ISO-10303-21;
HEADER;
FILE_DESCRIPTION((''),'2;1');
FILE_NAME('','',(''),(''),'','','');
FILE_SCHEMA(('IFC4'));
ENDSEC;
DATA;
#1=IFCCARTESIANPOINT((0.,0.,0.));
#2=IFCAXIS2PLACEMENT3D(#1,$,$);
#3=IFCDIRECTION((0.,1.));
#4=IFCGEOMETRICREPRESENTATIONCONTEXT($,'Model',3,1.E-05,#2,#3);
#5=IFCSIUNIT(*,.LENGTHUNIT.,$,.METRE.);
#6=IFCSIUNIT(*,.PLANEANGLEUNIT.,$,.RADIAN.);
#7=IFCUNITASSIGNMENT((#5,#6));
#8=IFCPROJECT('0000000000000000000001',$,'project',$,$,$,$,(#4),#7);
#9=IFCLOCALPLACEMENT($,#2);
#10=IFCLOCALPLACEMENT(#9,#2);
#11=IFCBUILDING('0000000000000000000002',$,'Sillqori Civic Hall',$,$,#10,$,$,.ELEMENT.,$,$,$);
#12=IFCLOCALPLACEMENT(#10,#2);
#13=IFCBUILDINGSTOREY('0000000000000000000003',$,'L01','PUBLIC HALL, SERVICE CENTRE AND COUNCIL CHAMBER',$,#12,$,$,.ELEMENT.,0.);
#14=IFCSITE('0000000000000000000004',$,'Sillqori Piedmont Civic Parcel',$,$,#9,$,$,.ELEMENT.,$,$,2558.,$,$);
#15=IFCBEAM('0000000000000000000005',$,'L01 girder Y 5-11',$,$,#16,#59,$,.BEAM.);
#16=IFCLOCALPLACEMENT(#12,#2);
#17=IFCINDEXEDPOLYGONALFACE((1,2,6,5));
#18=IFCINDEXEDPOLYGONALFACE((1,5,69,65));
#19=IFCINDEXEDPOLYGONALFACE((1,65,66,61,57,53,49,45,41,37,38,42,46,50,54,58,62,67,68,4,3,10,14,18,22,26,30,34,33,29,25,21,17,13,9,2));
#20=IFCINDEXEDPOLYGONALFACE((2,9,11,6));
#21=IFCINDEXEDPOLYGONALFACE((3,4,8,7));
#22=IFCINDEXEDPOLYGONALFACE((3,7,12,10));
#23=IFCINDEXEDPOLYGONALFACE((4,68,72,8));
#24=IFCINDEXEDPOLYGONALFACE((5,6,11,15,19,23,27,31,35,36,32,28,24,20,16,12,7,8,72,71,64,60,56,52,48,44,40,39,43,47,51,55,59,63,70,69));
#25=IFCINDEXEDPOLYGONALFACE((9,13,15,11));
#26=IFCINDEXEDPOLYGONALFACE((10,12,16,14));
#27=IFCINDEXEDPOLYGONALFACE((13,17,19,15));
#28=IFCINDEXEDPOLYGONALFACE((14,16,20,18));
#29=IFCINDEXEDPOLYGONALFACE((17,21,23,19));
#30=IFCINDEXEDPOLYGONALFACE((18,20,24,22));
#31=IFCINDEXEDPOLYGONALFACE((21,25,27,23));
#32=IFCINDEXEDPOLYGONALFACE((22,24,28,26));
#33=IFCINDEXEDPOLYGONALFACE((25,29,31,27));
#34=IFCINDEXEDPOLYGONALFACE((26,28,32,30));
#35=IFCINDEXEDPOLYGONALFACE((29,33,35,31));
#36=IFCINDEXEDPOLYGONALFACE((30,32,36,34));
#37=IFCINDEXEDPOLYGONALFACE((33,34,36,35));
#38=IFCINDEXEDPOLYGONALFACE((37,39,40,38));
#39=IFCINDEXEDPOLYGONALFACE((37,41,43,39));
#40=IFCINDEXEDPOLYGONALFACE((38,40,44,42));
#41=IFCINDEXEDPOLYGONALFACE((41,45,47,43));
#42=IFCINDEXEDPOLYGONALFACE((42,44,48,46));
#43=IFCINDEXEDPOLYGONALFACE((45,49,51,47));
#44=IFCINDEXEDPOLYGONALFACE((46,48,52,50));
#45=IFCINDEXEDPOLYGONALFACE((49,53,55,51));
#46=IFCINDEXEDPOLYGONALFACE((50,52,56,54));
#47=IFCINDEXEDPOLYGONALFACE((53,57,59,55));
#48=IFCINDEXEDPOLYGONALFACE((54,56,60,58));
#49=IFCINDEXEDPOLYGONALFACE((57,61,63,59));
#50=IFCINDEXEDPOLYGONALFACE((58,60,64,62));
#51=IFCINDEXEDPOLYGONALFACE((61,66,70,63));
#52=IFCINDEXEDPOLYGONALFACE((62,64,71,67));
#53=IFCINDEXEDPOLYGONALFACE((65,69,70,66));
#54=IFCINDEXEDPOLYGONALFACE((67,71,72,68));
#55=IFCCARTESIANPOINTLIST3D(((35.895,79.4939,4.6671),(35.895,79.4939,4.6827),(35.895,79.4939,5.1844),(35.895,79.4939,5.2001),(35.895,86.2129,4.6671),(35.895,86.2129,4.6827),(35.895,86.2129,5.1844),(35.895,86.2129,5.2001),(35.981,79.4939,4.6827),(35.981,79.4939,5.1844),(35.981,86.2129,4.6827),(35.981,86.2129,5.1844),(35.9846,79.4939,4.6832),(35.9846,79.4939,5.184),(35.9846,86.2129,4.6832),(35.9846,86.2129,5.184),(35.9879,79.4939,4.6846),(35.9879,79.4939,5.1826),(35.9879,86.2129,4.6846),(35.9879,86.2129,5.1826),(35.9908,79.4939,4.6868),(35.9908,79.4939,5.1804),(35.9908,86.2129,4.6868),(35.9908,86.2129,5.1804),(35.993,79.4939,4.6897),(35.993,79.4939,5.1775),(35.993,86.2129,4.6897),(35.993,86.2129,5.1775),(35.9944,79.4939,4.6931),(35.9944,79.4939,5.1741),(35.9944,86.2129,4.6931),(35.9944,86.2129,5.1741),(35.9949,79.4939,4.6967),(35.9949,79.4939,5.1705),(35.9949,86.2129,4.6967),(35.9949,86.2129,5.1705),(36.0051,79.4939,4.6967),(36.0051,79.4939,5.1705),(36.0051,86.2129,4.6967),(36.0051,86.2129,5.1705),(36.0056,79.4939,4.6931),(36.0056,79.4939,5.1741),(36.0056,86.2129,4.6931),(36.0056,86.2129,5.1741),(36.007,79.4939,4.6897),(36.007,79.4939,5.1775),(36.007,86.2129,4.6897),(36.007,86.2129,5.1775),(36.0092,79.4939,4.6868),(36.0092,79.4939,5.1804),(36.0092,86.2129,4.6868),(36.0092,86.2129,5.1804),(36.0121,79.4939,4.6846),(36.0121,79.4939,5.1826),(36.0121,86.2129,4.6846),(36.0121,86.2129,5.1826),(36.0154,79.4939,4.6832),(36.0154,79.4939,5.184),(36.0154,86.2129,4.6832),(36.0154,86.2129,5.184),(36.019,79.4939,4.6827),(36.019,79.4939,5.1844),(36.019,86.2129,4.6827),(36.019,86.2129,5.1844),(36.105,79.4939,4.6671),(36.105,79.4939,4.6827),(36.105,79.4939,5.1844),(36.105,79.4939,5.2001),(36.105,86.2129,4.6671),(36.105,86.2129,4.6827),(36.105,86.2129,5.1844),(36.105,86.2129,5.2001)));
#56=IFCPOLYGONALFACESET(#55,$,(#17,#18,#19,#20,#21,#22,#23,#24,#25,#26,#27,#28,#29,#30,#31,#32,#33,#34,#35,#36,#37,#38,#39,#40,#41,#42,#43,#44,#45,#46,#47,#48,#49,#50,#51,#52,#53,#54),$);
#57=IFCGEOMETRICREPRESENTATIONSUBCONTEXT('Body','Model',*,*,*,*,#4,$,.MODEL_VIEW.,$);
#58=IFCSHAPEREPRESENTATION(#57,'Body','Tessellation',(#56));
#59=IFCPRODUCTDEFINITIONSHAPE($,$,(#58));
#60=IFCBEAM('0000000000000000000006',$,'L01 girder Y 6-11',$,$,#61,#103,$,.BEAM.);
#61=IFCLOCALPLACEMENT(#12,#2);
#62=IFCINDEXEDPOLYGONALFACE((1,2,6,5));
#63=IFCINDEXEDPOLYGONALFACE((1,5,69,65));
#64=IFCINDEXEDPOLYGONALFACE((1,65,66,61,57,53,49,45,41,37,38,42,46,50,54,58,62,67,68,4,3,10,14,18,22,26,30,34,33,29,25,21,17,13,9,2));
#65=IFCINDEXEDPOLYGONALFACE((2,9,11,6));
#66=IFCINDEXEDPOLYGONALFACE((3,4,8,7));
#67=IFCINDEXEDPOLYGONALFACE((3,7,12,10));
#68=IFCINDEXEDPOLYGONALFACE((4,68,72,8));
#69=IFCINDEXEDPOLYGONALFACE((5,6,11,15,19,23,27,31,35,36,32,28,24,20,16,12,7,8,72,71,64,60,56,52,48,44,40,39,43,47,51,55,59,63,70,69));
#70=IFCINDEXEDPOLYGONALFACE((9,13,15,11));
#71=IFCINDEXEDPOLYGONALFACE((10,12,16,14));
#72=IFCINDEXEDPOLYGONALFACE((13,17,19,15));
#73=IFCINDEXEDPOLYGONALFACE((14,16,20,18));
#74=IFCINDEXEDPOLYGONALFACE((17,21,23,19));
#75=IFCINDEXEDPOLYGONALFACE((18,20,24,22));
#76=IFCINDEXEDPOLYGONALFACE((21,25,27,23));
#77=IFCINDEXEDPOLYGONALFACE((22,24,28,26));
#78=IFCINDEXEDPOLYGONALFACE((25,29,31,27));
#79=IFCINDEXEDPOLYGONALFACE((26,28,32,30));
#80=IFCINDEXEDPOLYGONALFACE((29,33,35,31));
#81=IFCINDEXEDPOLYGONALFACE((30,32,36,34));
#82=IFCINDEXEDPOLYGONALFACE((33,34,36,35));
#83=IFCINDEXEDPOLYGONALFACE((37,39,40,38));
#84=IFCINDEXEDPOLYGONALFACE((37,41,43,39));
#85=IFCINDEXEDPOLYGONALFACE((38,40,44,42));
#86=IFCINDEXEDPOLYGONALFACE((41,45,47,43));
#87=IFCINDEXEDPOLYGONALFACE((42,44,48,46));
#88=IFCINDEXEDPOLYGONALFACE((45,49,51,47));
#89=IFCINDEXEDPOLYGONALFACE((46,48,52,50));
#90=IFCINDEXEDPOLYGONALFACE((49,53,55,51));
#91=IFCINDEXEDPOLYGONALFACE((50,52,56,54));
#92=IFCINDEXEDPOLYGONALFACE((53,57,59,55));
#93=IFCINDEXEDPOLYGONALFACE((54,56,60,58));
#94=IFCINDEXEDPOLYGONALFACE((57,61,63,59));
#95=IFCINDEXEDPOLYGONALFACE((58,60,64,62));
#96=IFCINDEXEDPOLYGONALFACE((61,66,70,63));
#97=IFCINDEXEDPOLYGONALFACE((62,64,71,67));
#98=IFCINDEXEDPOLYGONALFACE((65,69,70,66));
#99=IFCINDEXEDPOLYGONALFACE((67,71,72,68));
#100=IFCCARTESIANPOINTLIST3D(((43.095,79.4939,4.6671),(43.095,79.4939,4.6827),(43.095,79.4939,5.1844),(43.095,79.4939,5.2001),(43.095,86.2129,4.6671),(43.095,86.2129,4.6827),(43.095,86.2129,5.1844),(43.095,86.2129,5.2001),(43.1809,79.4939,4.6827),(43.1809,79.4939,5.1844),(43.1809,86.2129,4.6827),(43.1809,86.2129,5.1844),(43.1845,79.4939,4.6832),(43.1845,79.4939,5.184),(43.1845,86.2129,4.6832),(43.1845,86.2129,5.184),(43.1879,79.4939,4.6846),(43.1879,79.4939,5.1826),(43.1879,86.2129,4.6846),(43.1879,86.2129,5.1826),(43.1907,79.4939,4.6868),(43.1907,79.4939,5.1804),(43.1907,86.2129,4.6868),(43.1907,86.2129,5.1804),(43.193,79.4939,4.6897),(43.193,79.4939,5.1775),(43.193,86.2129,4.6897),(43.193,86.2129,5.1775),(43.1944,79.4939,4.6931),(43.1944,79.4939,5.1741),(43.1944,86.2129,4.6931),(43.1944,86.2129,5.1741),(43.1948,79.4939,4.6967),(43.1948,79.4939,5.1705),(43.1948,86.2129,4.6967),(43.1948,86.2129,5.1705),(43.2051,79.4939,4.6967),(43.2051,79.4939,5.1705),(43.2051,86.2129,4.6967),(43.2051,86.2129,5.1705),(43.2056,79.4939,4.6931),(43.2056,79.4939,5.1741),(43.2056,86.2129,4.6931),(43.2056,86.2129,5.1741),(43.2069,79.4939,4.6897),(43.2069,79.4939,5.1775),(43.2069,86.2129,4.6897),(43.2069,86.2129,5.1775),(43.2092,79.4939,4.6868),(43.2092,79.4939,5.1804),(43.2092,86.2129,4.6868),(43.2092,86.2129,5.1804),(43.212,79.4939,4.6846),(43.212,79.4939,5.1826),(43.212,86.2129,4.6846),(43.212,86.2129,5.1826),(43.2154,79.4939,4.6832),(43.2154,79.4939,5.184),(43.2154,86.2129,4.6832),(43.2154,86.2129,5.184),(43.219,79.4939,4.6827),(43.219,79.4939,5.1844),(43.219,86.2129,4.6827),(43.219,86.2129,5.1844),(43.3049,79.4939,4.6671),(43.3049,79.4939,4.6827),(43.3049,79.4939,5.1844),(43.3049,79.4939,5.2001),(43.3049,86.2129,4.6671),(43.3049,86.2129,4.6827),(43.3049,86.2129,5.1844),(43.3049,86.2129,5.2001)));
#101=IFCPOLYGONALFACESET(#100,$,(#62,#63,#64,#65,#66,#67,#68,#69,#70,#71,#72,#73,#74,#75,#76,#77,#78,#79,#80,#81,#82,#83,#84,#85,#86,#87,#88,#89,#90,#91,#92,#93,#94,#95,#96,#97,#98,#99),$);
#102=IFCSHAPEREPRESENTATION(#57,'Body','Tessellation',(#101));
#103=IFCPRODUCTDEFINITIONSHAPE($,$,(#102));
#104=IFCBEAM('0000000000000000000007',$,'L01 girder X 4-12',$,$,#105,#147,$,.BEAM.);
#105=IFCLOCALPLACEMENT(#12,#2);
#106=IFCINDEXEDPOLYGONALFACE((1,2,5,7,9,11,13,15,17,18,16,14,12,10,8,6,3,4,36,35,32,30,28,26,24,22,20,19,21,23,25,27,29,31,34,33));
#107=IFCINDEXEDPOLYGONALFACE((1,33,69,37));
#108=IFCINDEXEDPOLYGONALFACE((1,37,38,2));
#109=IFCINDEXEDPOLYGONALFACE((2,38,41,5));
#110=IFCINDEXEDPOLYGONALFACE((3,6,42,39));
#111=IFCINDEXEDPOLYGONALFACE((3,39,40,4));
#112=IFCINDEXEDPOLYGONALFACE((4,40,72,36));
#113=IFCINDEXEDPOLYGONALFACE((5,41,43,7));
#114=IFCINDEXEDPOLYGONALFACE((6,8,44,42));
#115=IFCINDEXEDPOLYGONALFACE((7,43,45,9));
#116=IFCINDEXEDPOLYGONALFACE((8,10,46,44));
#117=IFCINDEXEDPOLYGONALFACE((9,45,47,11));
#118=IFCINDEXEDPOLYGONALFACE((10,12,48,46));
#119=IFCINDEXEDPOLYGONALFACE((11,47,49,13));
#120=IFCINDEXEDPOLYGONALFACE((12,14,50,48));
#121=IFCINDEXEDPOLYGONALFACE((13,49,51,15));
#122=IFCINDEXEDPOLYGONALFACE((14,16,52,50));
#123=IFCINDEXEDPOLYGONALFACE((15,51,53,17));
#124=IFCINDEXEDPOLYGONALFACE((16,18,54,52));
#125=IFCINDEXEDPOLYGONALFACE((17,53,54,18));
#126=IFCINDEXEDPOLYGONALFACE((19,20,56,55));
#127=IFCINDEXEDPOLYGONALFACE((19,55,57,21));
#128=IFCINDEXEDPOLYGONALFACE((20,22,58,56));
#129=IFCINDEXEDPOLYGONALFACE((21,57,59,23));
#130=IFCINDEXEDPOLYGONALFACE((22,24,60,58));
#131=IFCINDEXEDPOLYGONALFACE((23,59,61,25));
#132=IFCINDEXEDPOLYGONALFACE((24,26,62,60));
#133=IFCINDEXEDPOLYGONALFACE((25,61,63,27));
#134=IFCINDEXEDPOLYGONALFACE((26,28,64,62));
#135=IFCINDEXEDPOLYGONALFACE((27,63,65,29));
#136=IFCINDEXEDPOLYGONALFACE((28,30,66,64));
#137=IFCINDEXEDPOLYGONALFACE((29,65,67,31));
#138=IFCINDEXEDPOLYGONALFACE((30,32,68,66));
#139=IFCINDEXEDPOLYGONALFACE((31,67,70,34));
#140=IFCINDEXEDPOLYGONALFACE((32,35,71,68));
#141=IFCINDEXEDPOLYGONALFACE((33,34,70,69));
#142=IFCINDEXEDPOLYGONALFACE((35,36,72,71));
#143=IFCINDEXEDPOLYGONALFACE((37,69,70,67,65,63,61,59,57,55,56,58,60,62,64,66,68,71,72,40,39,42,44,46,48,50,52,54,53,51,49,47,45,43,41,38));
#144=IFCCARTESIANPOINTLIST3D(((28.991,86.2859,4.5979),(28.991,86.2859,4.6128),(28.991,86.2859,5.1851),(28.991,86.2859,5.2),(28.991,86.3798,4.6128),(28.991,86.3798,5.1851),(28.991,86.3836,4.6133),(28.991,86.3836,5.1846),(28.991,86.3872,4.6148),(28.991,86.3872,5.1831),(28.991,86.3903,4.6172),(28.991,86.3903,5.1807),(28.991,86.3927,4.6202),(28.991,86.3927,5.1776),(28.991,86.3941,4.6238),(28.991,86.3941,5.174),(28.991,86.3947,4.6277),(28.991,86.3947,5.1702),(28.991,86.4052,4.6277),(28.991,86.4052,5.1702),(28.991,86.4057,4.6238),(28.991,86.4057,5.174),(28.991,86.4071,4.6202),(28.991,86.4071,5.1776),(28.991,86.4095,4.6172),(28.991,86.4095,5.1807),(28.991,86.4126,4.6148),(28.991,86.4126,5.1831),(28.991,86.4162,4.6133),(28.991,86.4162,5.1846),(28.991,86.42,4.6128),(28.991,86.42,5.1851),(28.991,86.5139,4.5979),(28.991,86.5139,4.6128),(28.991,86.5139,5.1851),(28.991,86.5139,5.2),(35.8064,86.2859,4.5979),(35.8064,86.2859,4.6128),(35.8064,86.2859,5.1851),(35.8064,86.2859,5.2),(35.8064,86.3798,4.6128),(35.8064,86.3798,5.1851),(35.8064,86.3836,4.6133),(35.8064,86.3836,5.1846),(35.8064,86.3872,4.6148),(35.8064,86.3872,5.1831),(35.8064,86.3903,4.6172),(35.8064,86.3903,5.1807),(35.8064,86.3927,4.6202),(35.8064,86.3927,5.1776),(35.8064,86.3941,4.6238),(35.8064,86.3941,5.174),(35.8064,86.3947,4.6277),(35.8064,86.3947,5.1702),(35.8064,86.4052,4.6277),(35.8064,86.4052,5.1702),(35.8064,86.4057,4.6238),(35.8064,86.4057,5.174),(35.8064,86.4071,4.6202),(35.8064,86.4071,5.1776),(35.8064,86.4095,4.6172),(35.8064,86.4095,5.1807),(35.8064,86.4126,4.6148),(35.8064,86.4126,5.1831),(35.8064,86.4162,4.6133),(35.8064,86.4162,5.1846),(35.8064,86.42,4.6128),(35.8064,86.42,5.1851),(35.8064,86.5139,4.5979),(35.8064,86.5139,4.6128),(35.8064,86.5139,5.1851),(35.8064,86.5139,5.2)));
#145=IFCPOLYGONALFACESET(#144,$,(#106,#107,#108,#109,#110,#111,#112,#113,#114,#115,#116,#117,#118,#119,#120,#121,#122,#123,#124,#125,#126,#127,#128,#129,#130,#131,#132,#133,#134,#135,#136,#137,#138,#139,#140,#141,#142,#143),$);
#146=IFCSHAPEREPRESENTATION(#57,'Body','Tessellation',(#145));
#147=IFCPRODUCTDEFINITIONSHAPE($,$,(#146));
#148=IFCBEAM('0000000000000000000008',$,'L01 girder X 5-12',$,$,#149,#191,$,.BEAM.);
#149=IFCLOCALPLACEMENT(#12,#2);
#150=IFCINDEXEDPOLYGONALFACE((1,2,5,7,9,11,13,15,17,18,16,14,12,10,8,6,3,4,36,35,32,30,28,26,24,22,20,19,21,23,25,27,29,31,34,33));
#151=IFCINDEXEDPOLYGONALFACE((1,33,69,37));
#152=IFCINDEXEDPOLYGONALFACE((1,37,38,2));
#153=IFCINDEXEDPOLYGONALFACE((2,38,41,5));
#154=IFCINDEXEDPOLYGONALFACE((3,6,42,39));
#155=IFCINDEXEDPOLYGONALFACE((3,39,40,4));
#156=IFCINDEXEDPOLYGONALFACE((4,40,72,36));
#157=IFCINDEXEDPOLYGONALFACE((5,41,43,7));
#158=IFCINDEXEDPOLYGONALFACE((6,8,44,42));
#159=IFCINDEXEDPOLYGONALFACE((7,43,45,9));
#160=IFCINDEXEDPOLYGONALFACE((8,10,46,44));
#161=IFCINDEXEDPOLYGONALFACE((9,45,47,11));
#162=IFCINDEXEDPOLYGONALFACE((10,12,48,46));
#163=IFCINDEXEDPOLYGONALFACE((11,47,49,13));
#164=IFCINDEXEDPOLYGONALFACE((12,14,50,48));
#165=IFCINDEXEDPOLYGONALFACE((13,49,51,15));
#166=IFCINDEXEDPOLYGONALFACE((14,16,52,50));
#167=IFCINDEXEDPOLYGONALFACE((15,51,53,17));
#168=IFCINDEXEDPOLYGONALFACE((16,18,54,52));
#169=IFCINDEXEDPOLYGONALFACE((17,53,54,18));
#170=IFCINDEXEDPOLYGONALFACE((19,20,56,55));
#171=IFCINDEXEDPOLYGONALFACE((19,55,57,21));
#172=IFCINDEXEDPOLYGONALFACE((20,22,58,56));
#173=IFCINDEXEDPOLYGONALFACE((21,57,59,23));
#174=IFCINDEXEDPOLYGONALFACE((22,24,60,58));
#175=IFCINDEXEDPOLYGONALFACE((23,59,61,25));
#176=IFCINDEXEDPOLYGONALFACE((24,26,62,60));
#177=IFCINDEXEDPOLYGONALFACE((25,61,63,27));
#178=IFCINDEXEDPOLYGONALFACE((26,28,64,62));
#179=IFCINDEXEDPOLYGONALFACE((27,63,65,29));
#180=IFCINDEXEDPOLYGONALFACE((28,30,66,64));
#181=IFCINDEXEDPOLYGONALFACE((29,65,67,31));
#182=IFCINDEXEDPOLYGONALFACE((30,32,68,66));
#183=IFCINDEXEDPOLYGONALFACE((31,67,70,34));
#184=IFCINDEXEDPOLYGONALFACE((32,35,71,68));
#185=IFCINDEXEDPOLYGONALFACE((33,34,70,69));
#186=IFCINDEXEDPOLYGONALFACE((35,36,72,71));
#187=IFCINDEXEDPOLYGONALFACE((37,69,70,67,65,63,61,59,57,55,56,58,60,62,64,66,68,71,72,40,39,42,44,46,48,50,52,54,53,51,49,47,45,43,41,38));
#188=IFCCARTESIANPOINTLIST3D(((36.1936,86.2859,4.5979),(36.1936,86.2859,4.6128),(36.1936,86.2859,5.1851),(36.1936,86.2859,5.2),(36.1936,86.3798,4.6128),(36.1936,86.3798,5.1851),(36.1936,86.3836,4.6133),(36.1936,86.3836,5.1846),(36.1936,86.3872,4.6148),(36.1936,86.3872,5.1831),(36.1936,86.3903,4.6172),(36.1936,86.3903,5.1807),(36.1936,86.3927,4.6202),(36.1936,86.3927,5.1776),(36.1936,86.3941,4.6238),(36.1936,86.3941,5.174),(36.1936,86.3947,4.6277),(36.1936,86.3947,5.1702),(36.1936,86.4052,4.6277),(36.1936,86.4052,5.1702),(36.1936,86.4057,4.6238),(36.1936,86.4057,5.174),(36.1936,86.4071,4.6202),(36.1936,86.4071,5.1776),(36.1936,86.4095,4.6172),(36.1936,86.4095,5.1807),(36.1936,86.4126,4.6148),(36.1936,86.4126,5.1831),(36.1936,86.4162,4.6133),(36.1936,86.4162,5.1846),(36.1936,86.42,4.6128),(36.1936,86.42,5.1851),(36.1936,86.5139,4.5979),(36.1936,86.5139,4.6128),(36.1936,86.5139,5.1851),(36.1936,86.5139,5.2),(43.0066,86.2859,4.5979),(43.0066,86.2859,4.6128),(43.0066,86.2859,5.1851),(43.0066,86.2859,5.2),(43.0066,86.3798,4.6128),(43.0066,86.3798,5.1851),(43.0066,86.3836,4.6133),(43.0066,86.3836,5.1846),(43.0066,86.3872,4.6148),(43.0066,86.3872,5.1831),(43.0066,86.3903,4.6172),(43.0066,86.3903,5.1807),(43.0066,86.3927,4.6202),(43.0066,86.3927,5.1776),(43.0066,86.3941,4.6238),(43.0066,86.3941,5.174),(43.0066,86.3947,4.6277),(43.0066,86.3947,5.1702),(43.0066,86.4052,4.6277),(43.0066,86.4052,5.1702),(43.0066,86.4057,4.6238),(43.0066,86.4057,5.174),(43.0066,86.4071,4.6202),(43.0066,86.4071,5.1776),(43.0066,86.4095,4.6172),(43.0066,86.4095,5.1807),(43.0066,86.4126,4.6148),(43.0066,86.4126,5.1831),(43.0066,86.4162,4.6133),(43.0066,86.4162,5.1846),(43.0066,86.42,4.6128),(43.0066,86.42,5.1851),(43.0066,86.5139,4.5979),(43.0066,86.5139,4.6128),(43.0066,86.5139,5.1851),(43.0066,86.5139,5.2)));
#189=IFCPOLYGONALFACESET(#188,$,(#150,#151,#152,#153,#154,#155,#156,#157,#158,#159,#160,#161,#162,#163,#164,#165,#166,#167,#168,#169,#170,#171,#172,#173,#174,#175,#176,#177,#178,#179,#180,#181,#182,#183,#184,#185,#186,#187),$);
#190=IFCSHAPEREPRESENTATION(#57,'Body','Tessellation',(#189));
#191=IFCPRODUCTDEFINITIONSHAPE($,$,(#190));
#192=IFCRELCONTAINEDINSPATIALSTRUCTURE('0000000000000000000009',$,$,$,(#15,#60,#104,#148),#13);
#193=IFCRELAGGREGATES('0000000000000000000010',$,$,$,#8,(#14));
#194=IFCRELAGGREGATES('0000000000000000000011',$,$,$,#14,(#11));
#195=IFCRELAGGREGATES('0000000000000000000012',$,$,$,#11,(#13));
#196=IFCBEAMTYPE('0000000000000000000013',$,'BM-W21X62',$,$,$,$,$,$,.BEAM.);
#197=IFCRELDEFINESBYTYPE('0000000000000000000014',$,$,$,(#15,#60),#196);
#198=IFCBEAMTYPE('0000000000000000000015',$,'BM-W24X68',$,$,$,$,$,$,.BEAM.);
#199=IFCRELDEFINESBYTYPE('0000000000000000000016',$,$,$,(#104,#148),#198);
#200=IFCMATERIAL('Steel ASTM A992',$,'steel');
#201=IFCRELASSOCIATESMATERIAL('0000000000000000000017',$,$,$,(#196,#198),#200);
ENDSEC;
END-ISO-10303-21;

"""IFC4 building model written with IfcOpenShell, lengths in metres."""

from ifc_helpers import new_model, si_unit, direction, frame, origin, origin_2d, place, context, subcontext, project, spatial, i_section, extrude, material, material_profile, profile_set, type_object, element, save


model = new_model("IFC4")

# Units and contexts
model_context = context("Model", 3, precision=1e-05, world=origin(), true_north=direction((0.0, 1.0)))
body_context = subcontext(model_context, "Body", "Model", "MODEL_VIEW")
ifc_project = project(units=[si_unit("LENGTHUNIT", "METRE"), si_unit("PLANEANGLEUNIT", "RADIAN")], contexts=[model_context])

# Site, building, storey
site_placement = place(None, origin())
site = spatial("IfcSite", under=ifc_project, at=site_placement, Name="Sillqori Piedmont Civic Parcel", CompositionType="ELEMENT", RefElevation=2558.0)
building_placement = place(site_placement, origin())
building = spatial("IfcBuilding", under=site, at=building_placement, Name="Sillqori Civic Hall", CompositionType="ELEMENT")
storey_placement = place(building_placement, origin())
storey = spatial("IfcBuildingStorey", under=building, at=storey_placement, Name="L01", Description="PUBLIC HALL, SERVICE CENTRE AND COUNCIL CHAMBER", CompositionType="ELEMENT", Elevation=0.0)

# Shared definitions
ifc_material_1 = material(Name="Steel ASTM A992", Category="steel")

# Beams
ifc_material_profile_1 = material_profile(ifc_material_1, i_section(OverallWidth=0.21, OverallDepth=0.533, WebThickness=0.0103, FlangeThickness=0.0156, FilletRadius=0.0139, at=origin_2d()), Name="W21X62")
ifc_profile_set_1 = profile_set([ifc_material_profile_1], Name="Steel ASTM A992")
beam_type_1 = type_object("IfcBeamType", Name="BM-W21X62", PredefinedType="BEAM", material=ifc_profile_set_1)
for number, where, z_axis, x_axis, name in (
    (1, (36.0, 79.4939, 4.9336), (0.0, 1.0, 0.0), (-1.0, 0.0, 0.0), "L01 girder Y 5-11"),
    (2, (43.2, 79.4939, 4.9336), (0.0, 1.0, 0.0), (-1.0, 0.0, 0.0), "L01 girder Y 6-11"),
):
    element("IfcBeam", number, at=place(storey_placement, frame(where, z_axis=z_axis, x_axis=x_axis)), inside=storey, type_object=beam_type_1, Name=name, PredefinedType="BEAM", context=body_context, shape_type="SweptSolid", body=[
        extrude(i_section(OverallWidth=0.21, OverallDepth=0.533, WebThickness=0.0103, FlangeThickness=0.0156, FilletRadius=0.0139, at=origin_2d()), origin(), (0.0, 0.0, 1.0), 6.719),
    ])
ifc_material_profile_2 = material_profile(ifc_material_1, i_section(OverallWidth=0.228, OverallDepth=0.6021, WebThickness=0.0105, FlangeThickness=0.0149, FilletRadius=0.0149, at=origin_2d()), Name="W24X68")
ifc_profile_set_2 = profile_set([ifc_material_profile_2], Name="Steel ASTM A992")
beam_type_2 = type_object("IfcBeamType", Name="BM-W24X68", PredefinedType="BEAM", material=ifc_profile_set_2)
beam_1_placement = place(storey_placement, frame((28.991, 86.3999, 4.8989), z_axis=(1.0, 0.0, 0.0), x_axis=(0.0, 1.0, 0.0)))
element("IfcBeam", 3, at=beam_1_placement, inside=storey, type_object=beam_type_2, Name="L01 girder X 4-12", PredefinedType="BEAM", context=body_context, shape_type="SweptSolid", body=[
    extrude(i_section(OverallWidth=0.228, OverallDepth=0.6021, WebThickness=0.0105, FlangeThickness=0.0149, FilletRadius=0.0149, at=origin_2d()), origin(), (0.0, 0.0, 1.0), 6.8154),
])
beam_2_placement = place(storey_placement, frame((36.1936, 86.3999, 4.8989), z_axis=(1.0, 0.0, 0.0), x_axis=(0.0, 1.0, 0.0)))
element("IfcBeam", 4, at=beam_2_placement, inside=storey, type_object=beam_type_2, Name="L01 girder X 5-12", PredefinedType="BEAM", context=body_context, shape_type="SweptSolid", body=[
    extrude(i_section(OverallWidth=0.228, OverallDepth=0.6021, WebThickness=0.0105, FlangeThickness=0.0149, FilletRadius=0.0149, at=origin_2d()), origin(), (0.0, 0.0, 1.0), 6.813),
])

save(model, "model.ifc")
